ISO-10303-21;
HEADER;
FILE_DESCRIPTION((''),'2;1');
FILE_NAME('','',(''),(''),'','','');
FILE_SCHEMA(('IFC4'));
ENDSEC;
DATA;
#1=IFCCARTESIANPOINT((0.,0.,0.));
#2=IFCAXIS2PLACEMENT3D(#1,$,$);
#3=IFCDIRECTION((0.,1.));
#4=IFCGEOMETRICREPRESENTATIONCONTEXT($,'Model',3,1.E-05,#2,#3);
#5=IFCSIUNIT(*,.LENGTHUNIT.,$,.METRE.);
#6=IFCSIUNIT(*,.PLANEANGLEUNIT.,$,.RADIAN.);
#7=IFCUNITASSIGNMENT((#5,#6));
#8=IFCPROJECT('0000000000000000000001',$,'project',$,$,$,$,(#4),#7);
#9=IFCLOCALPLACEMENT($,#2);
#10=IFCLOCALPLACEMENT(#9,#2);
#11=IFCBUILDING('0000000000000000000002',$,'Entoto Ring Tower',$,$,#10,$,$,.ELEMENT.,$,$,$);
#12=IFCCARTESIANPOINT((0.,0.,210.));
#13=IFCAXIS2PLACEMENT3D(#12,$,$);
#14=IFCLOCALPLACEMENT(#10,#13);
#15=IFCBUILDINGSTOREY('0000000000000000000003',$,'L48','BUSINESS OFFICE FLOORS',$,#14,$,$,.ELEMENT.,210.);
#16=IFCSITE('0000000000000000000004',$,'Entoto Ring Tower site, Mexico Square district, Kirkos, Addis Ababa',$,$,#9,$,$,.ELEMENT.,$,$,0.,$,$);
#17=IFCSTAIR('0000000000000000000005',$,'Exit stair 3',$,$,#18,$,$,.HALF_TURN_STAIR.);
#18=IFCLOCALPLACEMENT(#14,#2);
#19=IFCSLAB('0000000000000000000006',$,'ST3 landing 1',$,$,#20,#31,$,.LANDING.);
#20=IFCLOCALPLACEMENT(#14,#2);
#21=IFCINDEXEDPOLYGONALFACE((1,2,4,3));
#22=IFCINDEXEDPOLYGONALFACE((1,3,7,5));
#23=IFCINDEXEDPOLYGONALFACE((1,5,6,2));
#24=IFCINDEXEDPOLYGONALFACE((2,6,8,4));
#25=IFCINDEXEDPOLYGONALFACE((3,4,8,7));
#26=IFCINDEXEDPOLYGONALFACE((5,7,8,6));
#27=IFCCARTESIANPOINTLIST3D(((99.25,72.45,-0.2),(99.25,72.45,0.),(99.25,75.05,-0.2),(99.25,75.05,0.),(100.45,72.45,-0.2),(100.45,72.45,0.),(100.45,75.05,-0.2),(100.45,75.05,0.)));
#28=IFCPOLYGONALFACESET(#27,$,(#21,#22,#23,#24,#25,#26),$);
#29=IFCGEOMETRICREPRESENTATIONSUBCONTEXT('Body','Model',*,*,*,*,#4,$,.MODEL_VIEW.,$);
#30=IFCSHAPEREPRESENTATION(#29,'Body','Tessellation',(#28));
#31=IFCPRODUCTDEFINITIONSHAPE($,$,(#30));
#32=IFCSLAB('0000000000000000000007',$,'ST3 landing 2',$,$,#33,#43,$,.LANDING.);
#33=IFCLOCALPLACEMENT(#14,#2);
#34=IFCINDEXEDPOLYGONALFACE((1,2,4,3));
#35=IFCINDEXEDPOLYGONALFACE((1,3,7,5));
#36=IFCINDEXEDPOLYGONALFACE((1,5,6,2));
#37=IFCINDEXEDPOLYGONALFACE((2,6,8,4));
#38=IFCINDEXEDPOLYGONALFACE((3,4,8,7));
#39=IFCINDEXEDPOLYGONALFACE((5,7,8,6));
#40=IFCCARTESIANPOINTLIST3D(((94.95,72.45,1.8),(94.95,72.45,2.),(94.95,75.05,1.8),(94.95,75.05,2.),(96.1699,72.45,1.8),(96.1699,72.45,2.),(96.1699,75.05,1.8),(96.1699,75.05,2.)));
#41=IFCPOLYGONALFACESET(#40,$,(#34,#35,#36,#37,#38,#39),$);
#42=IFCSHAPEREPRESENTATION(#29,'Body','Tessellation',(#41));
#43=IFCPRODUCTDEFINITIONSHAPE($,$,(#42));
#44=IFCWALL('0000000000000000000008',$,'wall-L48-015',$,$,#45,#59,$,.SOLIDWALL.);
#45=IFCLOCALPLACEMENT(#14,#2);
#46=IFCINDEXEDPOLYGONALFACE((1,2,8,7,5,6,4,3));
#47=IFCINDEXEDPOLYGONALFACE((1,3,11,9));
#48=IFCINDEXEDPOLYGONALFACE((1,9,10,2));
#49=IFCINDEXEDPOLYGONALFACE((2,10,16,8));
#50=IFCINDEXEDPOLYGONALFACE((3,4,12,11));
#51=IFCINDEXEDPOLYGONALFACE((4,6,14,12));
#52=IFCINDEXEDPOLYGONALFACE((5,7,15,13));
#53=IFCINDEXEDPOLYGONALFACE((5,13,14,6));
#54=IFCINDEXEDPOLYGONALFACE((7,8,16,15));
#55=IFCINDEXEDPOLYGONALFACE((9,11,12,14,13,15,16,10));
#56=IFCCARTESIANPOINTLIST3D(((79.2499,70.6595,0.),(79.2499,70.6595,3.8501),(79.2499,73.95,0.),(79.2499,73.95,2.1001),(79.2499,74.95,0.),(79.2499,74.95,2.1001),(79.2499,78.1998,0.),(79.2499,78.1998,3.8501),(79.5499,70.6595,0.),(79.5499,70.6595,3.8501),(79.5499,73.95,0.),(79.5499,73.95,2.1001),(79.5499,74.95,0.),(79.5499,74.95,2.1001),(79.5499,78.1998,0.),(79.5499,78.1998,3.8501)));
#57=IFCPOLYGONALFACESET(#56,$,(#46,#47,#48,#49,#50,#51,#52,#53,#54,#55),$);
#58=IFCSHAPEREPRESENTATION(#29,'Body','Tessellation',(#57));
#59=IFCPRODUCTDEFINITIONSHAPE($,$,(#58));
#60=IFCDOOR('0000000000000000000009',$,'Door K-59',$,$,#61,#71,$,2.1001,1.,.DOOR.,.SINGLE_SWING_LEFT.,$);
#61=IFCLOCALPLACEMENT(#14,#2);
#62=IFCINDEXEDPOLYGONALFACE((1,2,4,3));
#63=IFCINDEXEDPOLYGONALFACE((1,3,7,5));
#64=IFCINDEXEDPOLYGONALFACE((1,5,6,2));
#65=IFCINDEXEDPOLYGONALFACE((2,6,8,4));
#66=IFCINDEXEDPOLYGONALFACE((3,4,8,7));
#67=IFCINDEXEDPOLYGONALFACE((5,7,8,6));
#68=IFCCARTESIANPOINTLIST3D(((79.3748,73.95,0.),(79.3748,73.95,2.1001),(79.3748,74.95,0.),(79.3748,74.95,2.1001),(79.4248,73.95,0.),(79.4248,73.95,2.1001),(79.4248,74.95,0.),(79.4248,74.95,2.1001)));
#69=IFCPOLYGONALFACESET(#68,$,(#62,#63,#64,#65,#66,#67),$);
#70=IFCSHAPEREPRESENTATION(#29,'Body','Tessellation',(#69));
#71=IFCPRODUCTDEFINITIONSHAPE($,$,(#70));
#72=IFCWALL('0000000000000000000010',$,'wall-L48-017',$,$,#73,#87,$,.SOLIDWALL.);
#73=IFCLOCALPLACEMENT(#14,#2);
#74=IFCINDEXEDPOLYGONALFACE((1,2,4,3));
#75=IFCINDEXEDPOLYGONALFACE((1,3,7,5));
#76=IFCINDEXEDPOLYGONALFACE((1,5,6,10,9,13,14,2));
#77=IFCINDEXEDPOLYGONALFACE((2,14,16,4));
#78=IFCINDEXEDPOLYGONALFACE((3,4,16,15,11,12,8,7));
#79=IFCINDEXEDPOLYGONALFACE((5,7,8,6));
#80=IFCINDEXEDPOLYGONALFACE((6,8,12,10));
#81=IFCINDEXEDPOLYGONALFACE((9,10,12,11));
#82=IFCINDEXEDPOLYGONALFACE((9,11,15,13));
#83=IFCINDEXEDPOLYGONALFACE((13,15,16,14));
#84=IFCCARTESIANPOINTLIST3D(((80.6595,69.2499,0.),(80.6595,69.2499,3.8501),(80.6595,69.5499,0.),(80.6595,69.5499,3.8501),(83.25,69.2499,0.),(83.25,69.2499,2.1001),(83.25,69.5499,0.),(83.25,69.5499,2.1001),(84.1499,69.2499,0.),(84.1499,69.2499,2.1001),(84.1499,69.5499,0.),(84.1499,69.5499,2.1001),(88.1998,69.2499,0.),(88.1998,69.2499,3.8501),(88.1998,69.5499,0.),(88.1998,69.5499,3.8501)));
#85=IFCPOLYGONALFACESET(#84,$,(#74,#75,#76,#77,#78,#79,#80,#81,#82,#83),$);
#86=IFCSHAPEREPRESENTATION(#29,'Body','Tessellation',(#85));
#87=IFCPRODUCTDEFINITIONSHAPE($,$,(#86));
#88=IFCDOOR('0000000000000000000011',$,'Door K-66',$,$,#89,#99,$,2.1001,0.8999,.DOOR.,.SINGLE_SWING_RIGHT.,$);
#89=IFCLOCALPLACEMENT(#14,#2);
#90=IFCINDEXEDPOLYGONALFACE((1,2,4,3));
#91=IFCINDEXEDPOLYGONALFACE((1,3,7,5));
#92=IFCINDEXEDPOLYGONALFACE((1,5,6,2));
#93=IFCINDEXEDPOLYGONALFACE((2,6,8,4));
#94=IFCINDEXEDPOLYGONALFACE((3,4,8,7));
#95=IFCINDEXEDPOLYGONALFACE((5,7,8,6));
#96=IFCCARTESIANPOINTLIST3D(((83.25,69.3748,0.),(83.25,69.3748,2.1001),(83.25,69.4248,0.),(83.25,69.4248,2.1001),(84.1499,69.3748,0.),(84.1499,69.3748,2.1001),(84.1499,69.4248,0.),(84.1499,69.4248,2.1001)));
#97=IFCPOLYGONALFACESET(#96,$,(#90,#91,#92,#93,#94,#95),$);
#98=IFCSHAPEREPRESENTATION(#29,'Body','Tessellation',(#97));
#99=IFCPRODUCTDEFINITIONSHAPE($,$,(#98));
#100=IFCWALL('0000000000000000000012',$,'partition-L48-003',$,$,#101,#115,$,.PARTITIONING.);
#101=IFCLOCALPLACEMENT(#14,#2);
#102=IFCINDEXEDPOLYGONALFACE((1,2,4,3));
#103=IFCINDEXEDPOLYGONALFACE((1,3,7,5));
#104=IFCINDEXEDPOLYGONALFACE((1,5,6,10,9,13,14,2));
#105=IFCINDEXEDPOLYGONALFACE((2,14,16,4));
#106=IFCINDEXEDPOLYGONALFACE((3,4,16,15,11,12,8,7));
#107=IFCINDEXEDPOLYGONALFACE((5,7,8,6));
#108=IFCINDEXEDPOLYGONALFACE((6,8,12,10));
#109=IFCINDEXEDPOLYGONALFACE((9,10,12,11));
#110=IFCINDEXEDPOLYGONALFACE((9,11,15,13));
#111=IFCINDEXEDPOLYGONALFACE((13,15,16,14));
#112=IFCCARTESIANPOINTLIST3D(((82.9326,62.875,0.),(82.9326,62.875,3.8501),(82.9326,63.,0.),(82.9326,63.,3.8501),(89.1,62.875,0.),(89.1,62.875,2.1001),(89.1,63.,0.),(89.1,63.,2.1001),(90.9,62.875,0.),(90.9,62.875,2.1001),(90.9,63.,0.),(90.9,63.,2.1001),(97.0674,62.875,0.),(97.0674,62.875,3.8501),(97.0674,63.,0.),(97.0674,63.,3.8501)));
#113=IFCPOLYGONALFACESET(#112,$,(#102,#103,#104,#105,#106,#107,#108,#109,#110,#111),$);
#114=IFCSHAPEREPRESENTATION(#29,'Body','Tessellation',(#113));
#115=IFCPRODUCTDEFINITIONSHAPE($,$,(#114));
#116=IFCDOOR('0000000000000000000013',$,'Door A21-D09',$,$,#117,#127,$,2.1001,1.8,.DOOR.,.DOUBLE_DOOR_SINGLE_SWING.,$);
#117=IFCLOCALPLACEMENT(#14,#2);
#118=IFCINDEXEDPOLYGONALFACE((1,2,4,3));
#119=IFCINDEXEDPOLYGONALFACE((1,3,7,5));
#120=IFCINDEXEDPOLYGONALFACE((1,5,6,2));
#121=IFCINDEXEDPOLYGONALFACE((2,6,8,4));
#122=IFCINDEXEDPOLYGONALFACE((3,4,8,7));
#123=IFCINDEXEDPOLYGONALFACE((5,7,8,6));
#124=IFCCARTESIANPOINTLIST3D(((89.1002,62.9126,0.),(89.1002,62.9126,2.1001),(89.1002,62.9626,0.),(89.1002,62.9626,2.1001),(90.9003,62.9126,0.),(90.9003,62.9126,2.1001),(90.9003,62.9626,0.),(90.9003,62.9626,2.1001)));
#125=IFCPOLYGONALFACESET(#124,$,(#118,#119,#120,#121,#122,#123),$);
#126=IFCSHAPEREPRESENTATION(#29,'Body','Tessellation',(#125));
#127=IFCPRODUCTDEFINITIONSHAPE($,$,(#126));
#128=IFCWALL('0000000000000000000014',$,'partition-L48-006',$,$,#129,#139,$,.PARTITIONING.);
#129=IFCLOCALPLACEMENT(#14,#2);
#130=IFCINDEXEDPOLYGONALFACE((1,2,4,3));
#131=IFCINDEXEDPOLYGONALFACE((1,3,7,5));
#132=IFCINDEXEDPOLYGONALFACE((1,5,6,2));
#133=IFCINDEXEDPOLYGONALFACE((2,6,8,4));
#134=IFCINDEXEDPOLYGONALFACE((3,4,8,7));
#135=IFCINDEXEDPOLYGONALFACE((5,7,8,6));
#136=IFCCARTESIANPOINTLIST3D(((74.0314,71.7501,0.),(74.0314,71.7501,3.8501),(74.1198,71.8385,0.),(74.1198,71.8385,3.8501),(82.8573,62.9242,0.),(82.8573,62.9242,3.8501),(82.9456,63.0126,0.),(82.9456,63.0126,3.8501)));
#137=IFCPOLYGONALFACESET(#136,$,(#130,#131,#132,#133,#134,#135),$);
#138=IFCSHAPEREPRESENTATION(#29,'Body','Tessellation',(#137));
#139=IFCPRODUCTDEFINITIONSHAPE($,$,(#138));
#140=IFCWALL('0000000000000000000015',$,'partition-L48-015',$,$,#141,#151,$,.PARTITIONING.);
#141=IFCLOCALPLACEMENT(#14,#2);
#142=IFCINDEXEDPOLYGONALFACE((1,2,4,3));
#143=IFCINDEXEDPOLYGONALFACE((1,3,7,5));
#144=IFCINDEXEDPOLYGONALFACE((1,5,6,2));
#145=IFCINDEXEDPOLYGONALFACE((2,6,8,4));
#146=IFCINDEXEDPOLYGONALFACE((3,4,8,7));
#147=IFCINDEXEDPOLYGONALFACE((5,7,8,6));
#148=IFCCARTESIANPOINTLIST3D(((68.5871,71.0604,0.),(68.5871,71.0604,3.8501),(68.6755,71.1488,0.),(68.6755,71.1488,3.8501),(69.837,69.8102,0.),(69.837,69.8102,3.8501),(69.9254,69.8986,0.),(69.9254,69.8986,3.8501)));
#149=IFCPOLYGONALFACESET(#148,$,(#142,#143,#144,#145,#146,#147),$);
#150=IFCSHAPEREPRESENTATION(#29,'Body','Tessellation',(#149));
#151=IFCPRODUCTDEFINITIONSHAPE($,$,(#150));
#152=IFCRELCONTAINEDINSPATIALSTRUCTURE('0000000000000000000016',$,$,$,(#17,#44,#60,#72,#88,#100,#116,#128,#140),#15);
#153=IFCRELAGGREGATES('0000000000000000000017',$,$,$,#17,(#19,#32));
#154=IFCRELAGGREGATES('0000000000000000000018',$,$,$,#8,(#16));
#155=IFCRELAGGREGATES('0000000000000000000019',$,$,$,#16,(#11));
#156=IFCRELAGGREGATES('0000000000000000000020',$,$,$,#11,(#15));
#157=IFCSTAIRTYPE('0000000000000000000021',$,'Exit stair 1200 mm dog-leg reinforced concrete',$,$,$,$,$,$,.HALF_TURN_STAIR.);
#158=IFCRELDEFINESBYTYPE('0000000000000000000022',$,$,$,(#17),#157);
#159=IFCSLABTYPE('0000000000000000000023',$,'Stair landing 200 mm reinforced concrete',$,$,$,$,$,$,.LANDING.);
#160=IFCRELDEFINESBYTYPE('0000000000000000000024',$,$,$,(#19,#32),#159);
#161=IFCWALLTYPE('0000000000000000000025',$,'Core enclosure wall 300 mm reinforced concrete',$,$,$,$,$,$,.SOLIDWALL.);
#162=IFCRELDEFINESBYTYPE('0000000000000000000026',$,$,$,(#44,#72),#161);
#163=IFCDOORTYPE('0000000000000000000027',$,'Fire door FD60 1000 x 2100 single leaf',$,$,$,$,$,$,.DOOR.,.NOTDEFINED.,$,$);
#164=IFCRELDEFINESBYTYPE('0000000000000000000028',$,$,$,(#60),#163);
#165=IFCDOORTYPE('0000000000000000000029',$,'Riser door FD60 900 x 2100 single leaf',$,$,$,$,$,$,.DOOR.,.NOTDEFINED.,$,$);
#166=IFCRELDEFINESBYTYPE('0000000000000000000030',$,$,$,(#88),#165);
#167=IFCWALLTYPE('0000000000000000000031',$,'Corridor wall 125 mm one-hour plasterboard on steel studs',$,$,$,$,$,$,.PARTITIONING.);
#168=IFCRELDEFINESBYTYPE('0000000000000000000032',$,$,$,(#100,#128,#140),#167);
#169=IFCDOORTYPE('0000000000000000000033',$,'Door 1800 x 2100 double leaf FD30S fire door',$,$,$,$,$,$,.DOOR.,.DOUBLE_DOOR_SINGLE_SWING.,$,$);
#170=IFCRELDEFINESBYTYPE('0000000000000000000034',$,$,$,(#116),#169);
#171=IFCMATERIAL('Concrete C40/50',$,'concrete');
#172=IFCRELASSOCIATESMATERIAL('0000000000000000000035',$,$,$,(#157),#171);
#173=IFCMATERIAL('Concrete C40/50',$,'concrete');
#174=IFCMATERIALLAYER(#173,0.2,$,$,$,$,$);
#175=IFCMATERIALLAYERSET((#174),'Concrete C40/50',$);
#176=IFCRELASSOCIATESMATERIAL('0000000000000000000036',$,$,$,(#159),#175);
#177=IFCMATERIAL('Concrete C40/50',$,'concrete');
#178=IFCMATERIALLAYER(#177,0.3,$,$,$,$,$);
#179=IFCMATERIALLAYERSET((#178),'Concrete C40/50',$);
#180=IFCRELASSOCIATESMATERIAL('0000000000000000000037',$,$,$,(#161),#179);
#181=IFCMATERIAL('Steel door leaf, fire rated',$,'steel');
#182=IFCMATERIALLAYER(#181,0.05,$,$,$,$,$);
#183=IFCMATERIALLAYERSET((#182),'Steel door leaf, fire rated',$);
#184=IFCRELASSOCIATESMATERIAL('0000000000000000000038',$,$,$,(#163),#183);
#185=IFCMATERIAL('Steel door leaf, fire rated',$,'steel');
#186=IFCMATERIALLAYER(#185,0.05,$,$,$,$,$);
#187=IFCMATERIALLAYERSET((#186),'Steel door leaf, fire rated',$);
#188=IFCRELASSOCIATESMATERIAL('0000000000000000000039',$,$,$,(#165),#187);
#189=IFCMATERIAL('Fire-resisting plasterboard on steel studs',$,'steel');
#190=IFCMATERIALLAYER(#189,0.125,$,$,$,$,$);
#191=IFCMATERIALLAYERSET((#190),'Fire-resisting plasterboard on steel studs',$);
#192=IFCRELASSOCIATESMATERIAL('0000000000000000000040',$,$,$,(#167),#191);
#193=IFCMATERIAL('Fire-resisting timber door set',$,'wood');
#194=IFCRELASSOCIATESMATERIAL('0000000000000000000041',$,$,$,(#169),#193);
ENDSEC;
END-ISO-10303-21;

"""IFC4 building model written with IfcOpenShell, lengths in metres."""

from ifc_helpers import new_model, si_unit, direction, frame, frame_2d, origin, place, context, subcontext, project, spatial, polyline, rectangle, outline, extrude, material, layer, layer_set, type_object, element, fill, aggregate, save


model = new_model("IFC4")

# Units and contexts
model_context = context("Model", 3, precision=1e-05, world=origin(), true_north=direction((0.0, 1.0)))
body_context = subcontext(model_context, "Body", "Model", "MODEL_VIEW")
ifc_project = project(units=[si_unit("LENGTHUNIT", "METRE"), si_unit("PLANEANGLEUNIT", "RADIAN")], contexts=[model_context])

# Site, building, storey
site_placement = place(None, origin())
site = spatial("IfcSite", under=ifc_project, at=site_placement, Name="Entoto Ring Tower site, Mexico Square district, Kirkos, Addis Ababa", CompositionType="ELEMENT", RefElevation=0.0)
building_placement = place(site_placement, origin())
building = spatial("IfcBuilding", under=site, at=building_placement, Name="Entoto Ring Tower", CompositionType="ELEMENT")
storey_placement = place(building_placement, frame((0.0, 0.0, 210.0)))
storey = spatial("IfcBuildingStorey", under=building, at=storey_placement, Name="L48", Description="BUSINESS OFFICE FLOORS", CompositionType="ELEMENT", Elevation=210.0)

# Stair, slabs
ifc_material_1 = material(Name="Concrete C40/50", Category="concrete")
stair_type = type_object("IfcStairType", Name="Exit stair 1200 mm dog-leg reinforced concrete", PredefinedType="HALF_TURN_STAIR", material=ifc_material_1)
stair_placement = place(storey_placement, origin())
stair = element("IfcStair", 1, at=stair_placement, inside=storey, type_object=stair_type, Name="Exit stair 3", PredefinedType="HALF_TURN_STAIR")
ifc_material_2 = material(Name="Concrete C40/50", Category="concrete")
ifc_layer_1 = layer(ifc_material_2, 0.2)
ifc_layer_set_1 = layer_set([ifc_layer_1], Name="Concrete C40/50")
slab_type_1 = type_object("IfcSlabType", Name="Stair landing 200 mm reinforced concrete", PredefinedType="LANDING", material=ifc_layer_set_1)
slab_1_placement = place(storey_placement, frame((0.0, 0.0, -0.2)))
slab_1 = element("IfcSlab", 2, at=slab_1_placement, type_object=slab_type_1, Name="ST3 landing 1", PredefinedType="LANDING", context=body_context, shape_type="SweptSolid", body=[
    extrude(outline(polyline([(100.45, 72.45), (100.45, 75.05), (99.25, 75.05), (99.25, 72.45), (100.45, 72.45)])), origin(), (0.0, 0.0, 1.0), 0.2),
])
slab_2_placement = place(storey_placement, frame((0.0, 0.0, 1.8)))
slab_2 = element("IfcSlab", 3, at=slab_2_placement, type_object=slab_type_1, Name="ST3 landing 2", PredefinedType="LANDING", context=body_context, shape_type="SweptSolid", body=[
    extrude(outline(polyline([(94.95, 72.45), (96.1699, 72.45), (96.1699, 75.05), (94.95, 75.05), (94.95, 72.45)])), origin(), (0.0, 0.0, 1.0), 0.2),
])
aggregate(stair, [slab_1, slab_2])

# Walls, openings, doors
ifc_material_3 = material(Name="Concrete C40/50", Category="concrete")
ifc_layer_2 = layer(ifc_material_3, 0.3)
ifc_layer_set_2 = layer_set([ifc_layer_2], Name="Concrete C40/50")
wall_type_1 = type_object("IfcWallType", Name="Core enclosure wall 300 mm reinforced concrete", PredefinedType="SOLIDWALL", material=ifc_layer_set_2)
wall_1_placement = place(storey_placement, frame((79.3999, 70.6597, 0.0), z_axis=(0.0, 0.0, 1.0), x_axis=(0.0, 1.0, 0.0)))
wall_1 = element("IfcWall", 4, at=wall_1_placement, inside=storey, type_object=wall_type_1, Name="wall-L48-015", PredefinedType="SOLIDWALL", context=body_context, shape_type="SweptSolid", body=[
    extrude(rectangle(XDim=7.5403, YDim=0.3, at=frame_2d((3.77, 0.0))), origin(), (0.0, 0.0, 1.0), 3.8501),
])
opening_1_placement = place(wall_1_placement, frame((3.2903, 0.0, 0.0)))
opening_1 = element("IfcOpeningElement", 5, at=opening_1_placement, cuts=wall_1, PredefinedType="OPENING", context=body_context, shape_type="SweptSolid", body=[
    extrude(rectangle(XDim=1.0, YDim=2.1001, at=frame_2d((0.5, 1.05))), frame((0.0, 0.1602, 0.0), z_axis=(0.0, -1.0, 0.0), x_axis=(1.0, 0.0, 0.0)), (0.0, 0.0, 1.0), 0.3201),
])
ifc_material_4 = material(Name="Steel door leaf, fire rated", Category="steel")
ifc_layer_3 = layer(ifc_material_4, 0.05)
ifc_layer_set_3 = layer_set([ifc_layer_3], Name="Steel door leaf, fire rated")
door_type_1 = type_object("IfcDoorType", Name="Fire door FD60 1000 x 2100 single leaf", OperationType="NOTDEFINED", PredefinedType="DOOR", material=ifc_layer_set_3)
door_1_placement = place(opening_1_placement, frame((1.0, 0.0, 0.0), z_axis=(0.0, 0.0, 1.0), x_axis=(-1.0, 0.0, 0.0)))
door_1 = element("IfcDoor", 6, at=door_1_placement, inside=storey, type_object=door_type_1, Name="Door K-59", OperationType="SINGLE_SWING_LEFT", OverallHeight=2.1001, OverallWidth=1.0, PredefinedType="DOOR", context=body_context, shape_type="SweptSolid", body=[
    extrude(rectangle(XDim=1.0, YDim=2.1001, at=frame_2d((0.5, 1.05))), frame((0.0, 0.0249, 0.0), z_axis=(0.0, -1.0, 0.0), x_axis=(1.0, 0.0, 0.0)), (0.0, 0.0, 1.0), 0.05),
])
fill(opening_1, door_1)
wall_2_placement = place(storey_placement, frame((80.6597, 69.3999, 0.0), z_axis=(0.0, 0.0, 1.0), x_axis=(1.0, 0.0, 0.0)))
wall_2 = element("IfcWall", 7, at=wall_2_placement, inside=storey, type_object=wall_type_1, Name="wall-L48-017", PredefinedType="SOLIDWALL", context=body_context, shape_type="SweptSolid", body=[
    extrude(rectangle(XDim=7.5403, YDim=0.3, at=frame_2d((3.77, 0.0))), origin(), (0.0, 0.0, 1.0), 3.8501),
])
opening_2_placement = place(wall_2_placement, frame((2.5903, 0.0, 0.0)))
opening_2 = element("IfcOpeningElement", 8, at=opening_2_placement, cuts=wall_2, PredefinedType="OPENING", context=body_context, shape_type="SweptSolid", body=[
    extrude(rectangle(XDim=0.8999, YDim=2.1001, at=frame_2d((0.45, 1.05))), frame((0.0, 0.1602, 0.0), z_axis=(0.0, -1.0, 0.0), x_axis=(1.0, 0.0, 0.0)), (0.0, 0.0, 1.0), 0.3201),
])
ifc_material_5 = material(Name="Steel door leaf, fire rated", Category="steel")
ifc_layer_4 = layer(ifc_material_5, 0.05)
ifc_layer_set_4 = layer_set([ifc_layer_4], Name="Steel door leaf, fire rated")
door_type_2 = type_object("IfcDoorType", Name="Riser door FD60 900 x 2100 single leaf", OperationType="NOTDEFINED", PredefinedType="DOOR", material=ifc_layer_set_4)
door_2_placement = place(opening_2_placement, origin())
door_2 = element("IfcDoor", 9, at=door_2_placement, inside=storey, type_object=door_type_2, Name="Door K-66", OperationType="SINGLE_SWING_RIGHT", OverallHeight=2.1001, OverallWidth=0.8999, PredefinedType="DOOR", context=body_context, shape_type="SweptSolid", body=[
    extrude(rectangle(XDim=0.8999, YDim=2.1001, at=frame_2d((0.45, 1.05))), frame((0.0, 0.0249, 0.0), z_axis=(0.0, -1.0, 0.0), x_axis=(1.0, 0.0, 0.0)), (0.0, 0.0, 1.0), 0.05),
])
fill(opening_2, door_2)
ifc_material_6 = material(Name="Fire-resisting plasterboard on steel studs", Category="steel")
ifc_layer_5 = layer(ifc_material_6, 0.125)
ifc_layer_set_5 = layer_set([ifc_layer_5], Name="Fire-resisting plasterboard on steel studs")
wall_type_2 = type_object("IfcWallType", Name="Corridor wall 125 mm one-hour plasterboard on steel studs", PredefinedType="PARTITIONING", material=ifc_layer_set_5)
wall_3_placement = place(storey_placement, frame((82.9326, 62.9375, 0.0), z_axis=(0.0, 0.0, 1.0), x_axis=(1.0, 0.0, 0.0)))
wall_3 = element("IfcWall", 10, at=wall_3_placement, inside=storey, type_object=wall_type_2, Name="partition-L48-003", PredefinedType="PARTITIONING", context=body_context, shape_type="SweptSolid", body=[
    extrude(rectangle(XDim=14.1348, YDim=0.125, at=frame_2d((7.0674, 0.0))), origin(), (0.0, 0.0, 1.0), 3.8501),
])
opening_3_placement = place(wall_3_placement, frame((6.1675, 0.0, 0.0)))
opening_3 = element("IfcOpeningElement", 11, at=opening_3_placement, cuts=wall_3, PredefinedType="OPENING", context=body_context, shape_type="SweptSolid", body=[
    extrude(rectangle(XDim=1.8, YDim=2.1001, at=frame_2d((0.8999, 1.05))), frame((0.0, 0.0725, 0.0), z_axis=(0.0, -1.0, 0.0), x_axis=(1.0, 0.0, 0.0)), (0.0, 0.0, 1.0), 0.145),
])
ifc_material_7 = material(Name="Fire-resisting timber door set", Category="wood")
door_type_3 = type_object("IfcDoorType", Name="Door 1800 x 2100 double leaf FD30S fire door", OperationType="DOUBLE_DOOR_SINGLE_SWING", PredefinedType="DOOR", material=ifc_material_7)
door_3_placement = place(opening_3_placement, frame((1.8, 0.0, 0.0), z_axis=(0.0, 0.0, 1.0), x_axis=(-1.0, 0.0, 0.0)))
door_3 = element("IfcDoor", 12, at=door_3_placement, inside=storey, type_object=door_type_3, Name="Door A21-D09", OperationType="DOUBLE_DOOR_SINGLE_SWING", OverallHeight=2.1001, OverallWidth=1.8, PredefinedType="DOOR", context=body_context, shape_type="SweptSolid", body=[
    extrude(rectangle(XDim=1.8, YDim=2.1001, at=frame_2d((0.8999, 1.05))), frame((0.0, 0.0249, 0.0), z_axis=(0.0, -1.0, 0.0), x_axis=(1.0, 0.0, 0.0)), (0.0, 0.0, 1.0), 0.05),
])
fill(opening_3, door_3)

# Walls
wall_4_placement = place(storey_placement, frame((82.9014, 62.9685, 0.0), z_axis=(0.0, 0.0, 1.0), x_axis=(-0.707107, 0.707107, 0.0)))
element("IfcWall", 13, at=wall_4_placement, inside=storey, type_object=wall_type_2, Name="partition-L48-006", PredefinedType="PARTITIONING", context=body_context, shape_type="SweptSolid", body=[
    extrude(rectangle(XDim=12.4817, YDim=0.125, at=frame_2d((6.2407, 0.0))), origin(), (0.0, 0.0, 1.0), 3.8501),
])
wall_5_placement = place(storey_placement, frame((69.8811, 69.8545, 0.0), z_axis=(0.0, 0.0, 1.0), x_axis=(-0.707038, 0.707176, 0.0)))
element("IfcWall", 14, at=wall_5_placement, inside=storey, type_object=wall_type_2, Name="partition-L48-015", PredefinedType="PARTITIONING", context=body_context, shape_type="SweptSolid", body=[
    extrude(rectangle(XDim=1.7678, YDim=0.125, at=frame_2d((0.8838, 0.0))), origin(), (0.0, 0.0, 1.0), 3.8501),
])

save(model, "model.ifc")
